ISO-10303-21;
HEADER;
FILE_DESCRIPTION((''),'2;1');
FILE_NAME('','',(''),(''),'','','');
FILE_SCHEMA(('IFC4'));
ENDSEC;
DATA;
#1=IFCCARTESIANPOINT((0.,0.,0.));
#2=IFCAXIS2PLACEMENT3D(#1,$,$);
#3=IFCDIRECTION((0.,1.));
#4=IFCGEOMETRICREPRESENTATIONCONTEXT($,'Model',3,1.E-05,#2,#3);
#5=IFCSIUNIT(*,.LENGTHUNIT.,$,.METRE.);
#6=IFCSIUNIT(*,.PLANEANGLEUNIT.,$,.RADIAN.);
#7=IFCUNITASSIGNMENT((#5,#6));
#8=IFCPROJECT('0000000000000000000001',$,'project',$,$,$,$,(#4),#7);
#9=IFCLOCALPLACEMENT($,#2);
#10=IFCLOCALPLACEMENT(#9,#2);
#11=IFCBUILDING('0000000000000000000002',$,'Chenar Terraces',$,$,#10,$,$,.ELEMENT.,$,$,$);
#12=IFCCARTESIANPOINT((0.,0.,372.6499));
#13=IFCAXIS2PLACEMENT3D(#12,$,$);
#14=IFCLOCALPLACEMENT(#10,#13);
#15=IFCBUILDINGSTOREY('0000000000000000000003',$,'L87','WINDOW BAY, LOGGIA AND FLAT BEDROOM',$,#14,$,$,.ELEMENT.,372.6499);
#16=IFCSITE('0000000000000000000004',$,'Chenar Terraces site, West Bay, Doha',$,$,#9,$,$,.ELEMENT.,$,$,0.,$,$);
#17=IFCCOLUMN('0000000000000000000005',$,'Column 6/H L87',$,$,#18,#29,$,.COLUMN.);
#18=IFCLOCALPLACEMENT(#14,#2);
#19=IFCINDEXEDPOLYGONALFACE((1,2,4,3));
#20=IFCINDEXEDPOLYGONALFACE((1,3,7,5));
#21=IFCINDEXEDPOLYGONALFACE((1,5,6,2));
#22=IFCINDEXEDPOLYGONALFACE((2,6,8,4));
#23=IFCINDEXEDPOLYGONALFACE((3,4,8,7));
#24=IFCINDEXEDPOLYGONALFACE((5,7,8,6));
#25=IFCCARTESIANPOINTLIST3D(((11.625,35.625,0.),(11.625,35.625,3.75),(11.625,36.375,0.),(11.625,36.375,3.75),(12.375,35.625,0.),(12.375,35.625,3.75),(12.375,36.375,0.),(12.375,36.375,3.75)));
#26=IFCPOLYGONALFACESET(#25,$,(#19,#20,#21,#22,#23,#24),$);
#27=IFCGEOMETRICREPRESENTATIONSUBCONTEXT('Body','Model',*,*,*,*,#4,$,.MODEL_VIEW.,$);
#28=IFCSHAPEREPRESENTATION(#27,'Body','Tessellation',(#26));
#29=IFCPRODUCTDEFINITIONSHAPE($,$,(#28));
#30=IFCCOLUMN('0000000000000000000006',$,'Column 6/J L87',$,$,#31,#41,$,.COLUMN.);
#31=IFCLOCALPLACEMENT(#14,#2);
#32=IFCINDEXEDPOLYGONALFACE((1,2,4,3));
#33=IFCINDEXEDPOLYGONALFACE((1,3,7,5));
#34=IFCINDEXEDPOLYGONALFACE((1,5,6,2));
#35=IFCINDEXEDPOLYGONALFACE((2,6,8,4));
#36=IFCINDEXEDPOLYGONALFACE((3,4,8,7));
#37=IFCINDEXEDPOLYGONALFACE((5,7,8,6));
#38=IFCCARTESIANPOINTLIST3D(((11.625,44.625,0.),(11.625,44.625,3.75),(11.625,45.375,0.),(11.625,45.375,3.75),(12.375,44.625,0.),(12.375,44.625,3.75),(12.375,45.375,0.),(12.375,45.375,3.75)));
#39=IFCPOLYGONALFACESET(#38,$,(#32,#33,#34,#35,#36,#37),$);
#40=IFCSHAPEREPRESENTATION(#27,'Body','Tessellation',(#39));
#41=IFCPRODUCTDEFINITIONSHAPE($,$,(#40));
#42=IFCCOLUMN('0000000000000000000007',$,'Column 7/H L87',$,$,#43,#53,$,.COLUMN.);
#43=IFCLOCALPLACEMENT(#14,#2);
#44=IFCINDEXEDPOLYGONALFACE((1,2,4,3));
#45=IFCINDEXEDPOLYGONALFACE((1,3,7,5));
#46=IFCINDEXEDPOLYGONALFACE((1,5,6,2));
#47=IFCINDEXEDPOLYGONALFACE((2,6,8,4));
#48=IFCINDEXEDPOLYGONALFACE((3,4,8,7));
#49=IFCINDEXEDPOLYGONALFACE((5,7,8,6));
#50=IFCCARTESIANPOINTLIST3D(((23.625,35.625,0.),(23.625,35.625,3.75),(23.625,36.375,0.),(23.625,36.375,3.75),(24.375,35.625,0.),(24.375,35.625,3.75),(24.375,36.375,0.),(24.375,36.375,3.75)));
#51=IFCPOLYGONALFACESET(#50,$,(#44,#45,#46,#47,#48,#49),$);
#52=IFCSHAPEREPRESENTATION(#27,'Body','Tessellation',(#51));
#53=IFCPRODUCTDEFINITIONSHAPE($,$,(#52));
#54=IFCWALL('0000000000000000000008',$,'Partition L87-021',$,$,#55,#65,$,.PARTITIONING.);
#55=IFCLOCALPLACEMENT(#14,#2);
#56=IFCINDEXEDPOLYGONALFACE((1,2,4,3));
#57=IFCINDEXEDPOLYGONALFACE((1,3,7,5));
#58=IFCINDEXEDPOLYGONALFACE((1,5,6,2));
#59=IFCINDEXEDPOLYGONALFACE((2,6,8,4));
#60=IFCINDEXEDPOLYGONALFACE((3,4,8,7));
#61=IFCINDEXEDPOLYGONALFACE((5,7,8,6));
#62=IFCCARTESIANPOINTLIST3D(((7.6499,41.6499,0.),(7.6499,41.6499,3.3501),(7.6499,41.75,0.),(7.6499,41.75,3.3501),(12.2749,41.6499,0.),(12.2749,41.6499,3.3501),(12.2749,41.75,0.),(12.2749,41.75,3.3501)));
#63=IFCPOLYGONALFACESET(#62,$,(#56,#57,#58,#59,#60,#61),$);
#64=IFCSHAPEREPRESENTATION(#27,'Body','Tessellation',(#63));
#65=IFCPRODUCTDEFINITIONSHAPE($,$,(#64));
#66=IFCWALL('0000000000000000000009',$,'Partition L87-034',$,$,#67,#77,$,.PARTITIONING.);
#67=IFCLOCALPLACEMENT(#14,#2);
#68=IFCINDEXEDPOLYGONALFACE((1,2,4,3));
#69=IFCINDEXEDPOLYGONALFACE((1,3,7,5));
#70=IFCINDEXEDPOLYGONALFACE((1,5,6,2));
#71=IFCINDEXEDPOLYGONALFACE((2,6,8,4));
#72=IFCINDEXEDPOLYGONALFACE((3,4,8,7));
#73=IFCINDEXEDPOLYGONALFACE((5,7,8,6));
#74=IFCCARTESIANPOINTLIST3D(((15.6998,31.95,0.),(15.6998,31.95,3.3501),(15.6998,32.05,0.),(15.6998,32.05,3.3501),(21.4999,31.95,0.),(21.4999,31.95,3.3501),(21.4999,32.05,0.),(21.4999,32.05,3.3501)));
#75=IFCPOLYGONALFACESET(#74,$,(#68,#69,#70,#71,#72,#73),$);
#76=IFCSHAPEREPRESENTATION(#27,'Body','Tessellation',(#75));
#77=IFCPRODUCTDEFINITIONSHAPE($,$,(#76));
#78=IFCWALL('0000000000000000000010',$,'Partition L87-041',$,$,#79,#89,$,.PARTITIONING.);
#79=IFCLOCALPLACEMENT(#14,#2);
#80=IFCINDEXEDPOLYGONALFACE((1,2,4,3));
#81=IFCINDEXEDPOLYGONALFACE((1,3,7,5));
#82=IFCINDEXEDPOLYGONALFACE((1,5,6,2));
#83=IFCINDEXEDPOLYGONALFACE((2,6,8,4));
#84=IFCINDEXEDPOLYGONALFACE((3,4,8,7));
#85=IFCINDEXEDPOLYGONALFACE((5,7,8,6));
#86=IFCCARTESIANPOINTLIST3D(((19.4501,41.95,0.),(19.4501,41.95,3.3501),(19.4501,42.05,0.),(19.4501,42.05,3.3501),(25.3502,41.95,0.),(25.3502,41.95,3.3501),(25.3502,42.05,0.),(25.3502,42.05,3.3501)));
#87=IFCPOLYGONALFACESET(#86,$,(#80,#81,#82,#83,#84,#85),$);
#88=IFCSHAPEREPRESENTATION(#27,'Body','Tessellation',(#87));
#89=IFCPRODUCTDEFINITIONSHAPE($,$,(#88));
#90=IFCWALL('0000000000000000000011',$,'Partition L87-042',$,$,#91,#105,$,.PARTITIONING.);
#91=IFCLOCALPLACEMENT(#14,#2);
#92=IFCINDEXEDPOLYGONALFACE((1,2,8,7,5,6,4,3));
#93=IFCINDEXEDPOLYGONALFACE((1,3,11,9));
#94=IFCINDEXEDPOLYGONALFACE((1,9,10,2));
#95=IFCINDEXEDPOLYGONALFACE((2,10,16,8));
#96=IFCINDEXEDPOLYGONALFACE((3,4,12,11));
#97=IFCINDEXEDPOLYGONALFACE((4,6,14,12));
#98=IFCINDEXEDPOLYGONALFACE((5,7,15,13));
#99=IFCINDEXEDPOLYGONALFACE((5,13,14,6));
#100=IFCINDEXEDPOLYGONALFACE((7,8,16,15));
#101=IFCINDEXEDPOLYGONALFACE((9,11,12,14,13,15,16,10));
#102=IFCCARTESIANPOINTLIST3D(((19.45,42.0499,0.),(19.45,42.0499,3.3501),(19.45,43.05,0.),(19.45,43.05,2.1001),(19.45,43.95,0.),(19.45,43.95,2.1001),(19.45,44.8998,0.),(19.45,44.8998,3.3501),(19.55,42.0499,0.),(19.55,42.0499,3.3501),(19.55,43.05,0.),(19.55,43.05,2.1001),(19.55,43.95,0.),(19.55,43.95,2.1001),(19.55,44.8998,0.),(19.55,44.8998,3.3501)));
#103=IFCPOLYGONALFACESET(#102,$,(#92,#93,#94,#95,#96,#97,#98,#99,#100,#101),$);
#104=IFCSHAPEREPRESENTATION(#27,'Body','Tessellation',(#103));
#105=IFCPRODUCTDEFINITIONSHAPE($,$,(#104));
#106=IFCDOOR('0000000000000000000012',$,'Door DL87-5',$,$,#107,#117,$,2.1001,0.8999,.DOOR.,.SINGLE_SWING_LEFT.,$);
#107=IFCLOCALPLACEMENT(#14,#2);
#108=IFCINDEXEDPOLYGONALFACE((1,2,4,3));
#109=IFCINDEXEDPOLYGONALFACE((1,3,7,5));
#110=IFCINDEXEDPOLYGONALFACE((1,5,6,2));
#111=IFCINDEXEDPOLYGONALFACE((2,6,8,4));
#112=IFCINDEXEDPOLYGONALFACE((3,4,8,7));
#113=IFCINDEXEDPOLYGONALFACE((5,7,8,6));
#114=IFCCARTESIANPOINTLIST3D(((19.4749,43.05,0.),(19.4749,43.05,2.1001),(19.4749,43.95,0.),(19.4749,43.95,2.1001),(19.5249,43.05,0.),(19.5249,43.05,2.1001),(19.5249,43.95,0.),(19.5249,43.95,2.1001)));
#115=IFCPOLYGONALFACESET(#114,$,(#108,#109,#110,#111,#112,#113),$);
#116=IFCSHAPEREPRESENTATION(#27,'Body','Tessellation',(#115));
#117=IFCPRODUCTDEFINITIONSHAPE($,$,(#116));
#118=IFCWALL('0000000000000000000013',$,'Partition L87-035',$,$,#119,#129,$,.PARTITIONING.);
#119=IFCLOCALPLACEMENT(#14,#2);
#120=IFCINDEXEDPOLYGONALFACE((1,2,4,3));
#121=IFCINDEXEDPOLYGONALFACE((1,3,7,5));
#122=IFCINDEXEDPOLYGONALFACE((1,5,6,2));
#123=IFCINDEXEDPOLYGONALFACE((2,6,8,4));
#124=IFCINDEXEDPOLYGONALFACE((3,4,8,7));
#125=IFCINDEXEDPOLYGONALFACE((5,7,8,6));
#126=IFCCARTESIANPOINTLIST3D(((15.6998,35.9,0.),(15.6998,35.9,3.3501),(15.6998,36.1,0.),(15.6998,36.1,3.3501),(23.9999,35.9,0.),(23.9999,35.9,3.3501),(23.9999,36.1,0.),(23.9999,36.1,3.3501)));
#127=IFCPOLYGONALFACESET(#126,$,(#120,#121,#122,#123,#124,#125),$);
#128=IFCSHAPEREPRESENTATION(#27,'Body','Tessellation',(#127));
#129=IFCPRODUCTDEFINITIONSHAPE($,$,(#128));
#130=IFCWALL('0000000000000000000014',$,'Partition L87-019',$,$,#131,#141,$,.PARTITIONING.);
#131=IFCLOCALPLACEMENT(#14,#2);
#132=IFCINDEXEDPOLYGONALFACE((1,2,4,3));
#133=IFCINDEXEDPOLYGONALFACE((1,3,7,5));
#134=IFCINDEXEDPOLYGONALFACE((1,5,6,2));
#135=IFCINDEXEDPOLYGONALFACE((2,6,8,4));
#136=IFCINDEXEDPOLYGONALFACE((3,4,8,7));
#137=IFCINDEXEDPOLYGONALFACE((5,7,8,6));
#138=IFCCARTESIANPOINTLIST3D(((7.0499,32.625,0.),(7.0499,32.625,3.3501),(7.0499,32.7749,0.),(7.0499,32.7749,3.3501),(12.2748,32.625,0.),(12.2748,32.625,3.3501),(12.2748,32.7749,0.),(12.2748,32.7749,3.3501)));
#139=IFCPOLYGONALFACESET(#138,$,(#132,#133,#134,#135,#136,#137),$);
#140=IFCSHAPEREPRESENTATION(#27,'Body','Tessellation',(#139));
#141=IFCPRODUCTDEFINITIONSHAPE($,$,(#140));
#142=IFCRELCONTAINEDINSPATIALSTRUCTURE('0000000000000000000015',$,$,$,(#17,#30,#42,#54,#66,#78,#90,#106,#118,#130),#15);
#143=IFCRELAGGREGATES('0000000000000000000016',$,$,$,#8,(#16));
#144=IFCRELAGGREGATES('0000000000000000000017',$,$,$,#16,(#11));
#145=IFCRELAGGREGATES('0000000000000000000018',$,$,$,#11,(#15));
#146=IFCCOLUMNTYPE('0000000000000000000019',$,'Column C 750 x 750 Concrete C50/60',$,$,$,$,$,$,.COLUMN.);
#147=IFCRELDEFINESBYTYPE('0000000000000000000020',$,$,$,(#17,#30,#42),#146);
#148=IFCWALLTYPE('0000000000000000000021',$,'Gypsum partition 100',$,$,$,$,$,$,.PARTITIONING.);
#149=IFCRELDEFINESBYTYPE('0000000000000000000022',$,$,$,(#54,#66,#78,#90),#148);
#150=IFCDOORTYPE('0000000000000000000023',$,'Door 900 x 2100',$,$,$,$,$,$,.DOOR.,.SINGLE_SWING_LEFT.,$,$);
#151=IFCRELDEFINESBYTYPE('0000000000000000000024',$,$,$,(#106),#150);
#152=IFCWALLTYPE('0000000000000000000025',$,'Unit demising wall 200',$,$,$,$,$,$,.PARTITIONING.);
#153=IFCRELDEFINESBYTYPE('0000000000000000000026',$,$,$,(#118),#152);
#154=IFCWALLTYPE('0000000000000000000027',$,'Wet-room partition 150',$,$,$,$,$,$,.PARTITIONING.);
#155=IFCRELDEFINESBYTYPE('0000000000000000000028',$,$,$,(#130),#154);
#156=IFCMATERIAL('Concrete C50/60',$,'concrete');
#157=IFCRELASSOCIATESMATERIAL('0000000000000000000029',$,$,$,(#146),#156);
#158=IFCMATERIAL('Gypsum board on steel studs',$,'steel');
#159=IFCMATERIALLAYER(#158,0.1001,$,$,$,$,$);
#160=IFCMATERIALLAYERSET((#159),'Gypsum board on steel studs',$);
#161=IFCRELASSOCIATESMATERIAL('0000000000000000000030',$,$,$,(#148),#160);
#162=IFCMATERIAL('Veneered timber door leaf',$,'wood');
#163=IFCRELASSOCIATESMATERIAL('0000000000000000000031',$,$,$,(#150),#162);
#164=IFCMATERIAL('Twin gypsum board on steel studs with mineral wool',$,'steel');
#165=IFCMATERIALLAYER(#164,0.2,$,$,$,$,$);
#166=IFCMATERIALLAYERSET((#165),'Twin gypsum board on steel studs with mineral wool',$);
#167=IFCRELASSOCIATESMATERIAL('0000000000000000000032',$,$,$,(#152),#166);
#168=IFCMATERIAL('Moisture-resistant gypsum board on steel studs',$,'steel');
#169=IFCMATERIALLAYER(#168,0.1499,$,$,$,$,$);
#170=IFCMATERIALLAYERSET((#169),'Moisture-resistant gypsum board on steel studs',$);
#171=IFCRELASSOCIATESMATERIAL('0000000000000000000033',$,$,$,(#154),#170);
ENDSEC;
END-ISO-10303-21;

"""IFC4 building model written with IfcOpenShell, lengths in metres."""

from ifc_helpers import new_model, si_unit, direction, frame, frame_2d, origin, origin_2d, place, context, subcontext, project, spatial, rectangle, extrude, material, layer, layer_set, material_profile, profile_set, type_object, element, fill, save


model = new_model("IFC4")

# Units and contexts
model_context = context("Model", 3, precision=1e-05, world=origin(), true_north=direction((0.0, 1.0)))
body_context = subcontext(model_context, "Body", "Model", "MODEL_VIEW")
ifc_project = project(units=[si_unit("LENGTHUNIT", "METRE"), si_unit("PLANEANGLEUNIT", "RADIAN")], contexts=[model_context])

# Site, building, storey
site_placement = place(None, origin())
site = spatial("IfcSite", under=ifc_project, at=site_placement, Name="Chenar Terraces site, West Bay, Doha", CompositionType="ELEMENT", RefElevation=0.0)
building_placement = place(site_placement, origin())
building = spatial("IfcBuilding", under=site, at=building_placement, Name="Chenar Terraces", CompositionType="ELEMENT")
storey_placement = place(building_placement, frame((0.0, 0.0, 372.6499)))
storey = spatial("IfcBuildingStorey", under=building, at=storey_placement, Name="L87", Description="WINDOW BAY, LOGGIA AND FLAT BEDROOM", CompositionType="ELEMENT", Elevation=372.6499)

# Columns
ifc_material_1 = material(Name="Concrete C50/60", Category="concrete")
ifc_material_profile = material_profile(ifc_material_1, rectangle(XDim=0.75, YDim=0.75, at=origin_2d()), Name="C 750 x 750")
ifc_profile_set = profile_set([ifc_material_profile], Name="Concrete C50/60")
column_type = type_object("IfcColumnType", Name="Column C 750 x 750 Concrete C50/60", PredefinedType="COLUMN", material=ifc_profile_set)
for number, where, z_axis, x_axis, name in (
    (1, (12.0, 36.0, 0.0), (0.0, 0.0, 1.0), (1.0, 0.0, 0.0), "Column 6/H L87"),
    (2, (12.0, 45.0, 0.0), (0.0, 0.0, 1.0), (1.0, 0.0, 0.0), "Column 6/J L87"),
    (3, (24.0, 36.0, 0.0), (0.0, 0.0, 1.0), (1.0, 0.0, 0.0), "Column 7/H L87"),
):
    element("IfcColumn", number, at=place(storey_placement, frame(where, z_axis=z_axis, x_axis=x_axis)), inside=storey, type_object=column_type, Name=name, PredefinedType="COLUMN", context=body_context, shape_type="SweptSolid", body=[
        extrude(rectangle(XDim=0.75, YDim=0.75, at=origin_2d()), origin(), (0.0, 0.0, 1.0), 3.75),
    ])

# Walls
ifc_material_2 = material(Name="Gypsum board on steel studs", Category="steel")
ifc_layer_1 = layer(ifc_material_2, 0.1001)
ifc_layer_set_1 = layer_set([ifc_layer_1], Name="Gypsum board on steel studs")
wall_type_1 = type_object("IfcWallType", Name="Gypsum partition 100", PredefinedType="PARTITIONING", material=ifc_layer_set_1)
wall_1_placement = place(storey_placement, frame((7.6499, 41.7, 0.0), z_axis=(0.0, 0.0, 1.0), x_axis=(1.0, 0.0, 0.0)))
element("IfcWall", 4, at=wall_1_placement, inside=storey, type_object=wall_type_1, Name="Partition L87-021", PredefinedType="PARTITIONING", context=body_context, shape_type="SweptSolid", body=[
    extrude(rectangle(XDim=4.625, YDim=0.1001, at=frame_2d((2.3125, 0.0))), origin(), (0.0, 0.0, 1.0), 3.3501),
])
wall_2_placement = place(storey_placement, frame((15.7, 32.0, 0.0), z_axis=(0.0, 0.0, 1.0), x_axis=(1.0, 0.0, 0.0)))
element("IfcWall", 5, at=wall_2_placement, inside=storey, type_object=wall_type_1, Name="Partition L87-034", PredefinedType="PARTITIONING", context=body_context, shape_type="SweptSolid", body=[
    extrude(rectangle(XDim=5.8, YDim=0.1001, at=frame_2d((2.8999, 0.0))), origin(), (0.0, 0.0, 1.0), 3.3501),
])
wall_3_placement = place(storey_placement, frame((19.45, 42.0, 0.0), z_axis=(0.0, 0.0, 1.0), x_axis=(1.0, 0.0, 0.0)))
element("IfcWall", 6, at=wall_3_placement, inside=storey, type_object=wall_type_1, Name="Partition L87-041", PredefinedType="PARTITIONING", context=body_context, shape_type="SweptSolid", body=[
    extrude(rectangle(XDim=5.9001, YDim=0.1001, at=frame_2d((2.9502, 0.0))), origin(), (0.0, 0.0, 1.0), 3.3501),
])

# Wall, opening, door
wall_4_placement = place(storey_placement, frame((19.5, 42.05, 0.0), z_axis=(0.0, 0.0, 1.0), x_axis=(0.0, 1.0, 0.0)))
wall_4 = element("IfcWall", 7, at=wall_4_placement, inside=storey, type_object=wall_type_1, Name="Partition L87-042", PredefinedType="PARTITIONING", context=body_context, shape_type="SweptSolid", body=[
    extrude(rectangle(XDim=2.8499, YDim=0.1001, at=frame_2d((1.4248, 0.0))), origin(), (0.0, 0.0, 1.0), 3.3501),
])
opening_1_placement = place(wall_4_placement, frame((1.0, 0.0, 0.0)))
opening_1 = element("IfcOpeningElement", 8, at=opening_1_placement, cuts=wall_4, PredefinedType="OPENING", context=body_context, shape_type="SweptSolid", body=[
    extrude(rectangle(XDim=0.8999, YDim=2.1001, at=frame_2d((0.45, 1.05))), frame((0.0, 0.0601, 0.0), z_axis=(0.0, -1.0, 0.0), x_axis=(1.0, 0.0, 0.0)), (0.0, 0.0, 1.0), 0.1201),
])
ifc_material_3 = material(Name="Veneered timber door leaf", Category="wood")
door_type_1 = type_object("IfcDoorType", Name="Door 900 x 2100", OperationType="SINGLE_SWING_LEFT", PredefinedType="DOOR", material=ifc_material_3)
door_1_placement = place(opening_1_placement, frame((0.8999, 0.0, 0.0), z_axis=(0.0, 0.0, 1.0), x_axis=(-1.0, 0.0, 0.0)))
door_1 = element("IfcDoor", 9, at=door_1_placement, inside=storey, type_object=door_type_1, Name="Door DL87-5", OperationType="SINGLE_SWING_LEFT", OverallHeight=2.1001, OverallWidth=0.8999, PredefinedType="DOOR", context=body_context, shape_type="SweptSolid", body=[
    extrude(rectangle(XDim=0.8999, YDim=2.1001, at=frame_2d((0.45, 1.05))), frame((0.0, 0.0249, 0.0), z_axis=(0.0, -1.0, 0.0), x_axis=(1.0, 0.0, 0.0)), (0.0, 0.0, 1.0), 0.05),
])
fill(opening_1, door_1)

# Walls
ifc_material_4 = material(Name="Twin gypsum board on steel studs with mineral wool", Category="steel")
ifc_layer_2 = layer(ifc_material_4, 0.2)
ifc_layer_set_2 = layer_set([ifc_layer_2], Name="Twin gypsum board on steel studs with mineral wool")
wall_type_2 = type_object("IfcWallType", Name="Unit demising wall 200", PredefinedType="PARTITIONING", material=ifc_layer_set_2)
wall_5_placement = place(storey_placement, frame((15.7, 36.0, 0.0), z_axis=(0.0, 0.0, 1.0), x_axis=(1.0, 0.0, 0.0)))
element("IfcWall", 10, at=wall_5_placement, inside=storey, type_object=wall_type_2, Name="Partition L87-035", PredefinedType="PARTITIONING", context=body_context, shape_type="SweptSolid", body=[
    extrude(rectangle(XDim=8.3, YDim=0.2, at=frame_2d((4.1499, 0.0))), origin(), (0.0, 0.0, 1.0), 3.3501),
])
ifc_material_5 = material(Name="Moisture-resistant gypsum board on steel studs", Category="steel")
ifc_layer_3 = layer(ifc_material_5, 0.1499)
ifc_layer_set_3 = layer_set([ifc_layer_3], Name="Moisture-resistant gypsum board on steel studs")
wall_type_3 = type_object("IfcWallType", Name="Wet-room partition 150", PredefinedType="PARTITIONING", material=ifc_layer_set_3)
wall_6_placement = place(storey_placement, frame((7.05, 32.7, 0.0), z_axis=(0.0, 0.0, 1.0), x_axis=(1.0, 0.0, 0.0)))
element("IfcWall", 11, at=wall_6_placement, inside=storey, type_object=wall_type_3, Name="Partition L87-019", PredefinedType="PARTITIONING", context=body_context, shape_type="SweptSolid", body=[
    extrude(rectangle(XDim=5.2249, YDim=0.1499, at=frame_2d((2.6123, 0.0))), origin(), (0.0, 0.0, 1.0), 3.3501),
])

save(model, "model.ifc")
